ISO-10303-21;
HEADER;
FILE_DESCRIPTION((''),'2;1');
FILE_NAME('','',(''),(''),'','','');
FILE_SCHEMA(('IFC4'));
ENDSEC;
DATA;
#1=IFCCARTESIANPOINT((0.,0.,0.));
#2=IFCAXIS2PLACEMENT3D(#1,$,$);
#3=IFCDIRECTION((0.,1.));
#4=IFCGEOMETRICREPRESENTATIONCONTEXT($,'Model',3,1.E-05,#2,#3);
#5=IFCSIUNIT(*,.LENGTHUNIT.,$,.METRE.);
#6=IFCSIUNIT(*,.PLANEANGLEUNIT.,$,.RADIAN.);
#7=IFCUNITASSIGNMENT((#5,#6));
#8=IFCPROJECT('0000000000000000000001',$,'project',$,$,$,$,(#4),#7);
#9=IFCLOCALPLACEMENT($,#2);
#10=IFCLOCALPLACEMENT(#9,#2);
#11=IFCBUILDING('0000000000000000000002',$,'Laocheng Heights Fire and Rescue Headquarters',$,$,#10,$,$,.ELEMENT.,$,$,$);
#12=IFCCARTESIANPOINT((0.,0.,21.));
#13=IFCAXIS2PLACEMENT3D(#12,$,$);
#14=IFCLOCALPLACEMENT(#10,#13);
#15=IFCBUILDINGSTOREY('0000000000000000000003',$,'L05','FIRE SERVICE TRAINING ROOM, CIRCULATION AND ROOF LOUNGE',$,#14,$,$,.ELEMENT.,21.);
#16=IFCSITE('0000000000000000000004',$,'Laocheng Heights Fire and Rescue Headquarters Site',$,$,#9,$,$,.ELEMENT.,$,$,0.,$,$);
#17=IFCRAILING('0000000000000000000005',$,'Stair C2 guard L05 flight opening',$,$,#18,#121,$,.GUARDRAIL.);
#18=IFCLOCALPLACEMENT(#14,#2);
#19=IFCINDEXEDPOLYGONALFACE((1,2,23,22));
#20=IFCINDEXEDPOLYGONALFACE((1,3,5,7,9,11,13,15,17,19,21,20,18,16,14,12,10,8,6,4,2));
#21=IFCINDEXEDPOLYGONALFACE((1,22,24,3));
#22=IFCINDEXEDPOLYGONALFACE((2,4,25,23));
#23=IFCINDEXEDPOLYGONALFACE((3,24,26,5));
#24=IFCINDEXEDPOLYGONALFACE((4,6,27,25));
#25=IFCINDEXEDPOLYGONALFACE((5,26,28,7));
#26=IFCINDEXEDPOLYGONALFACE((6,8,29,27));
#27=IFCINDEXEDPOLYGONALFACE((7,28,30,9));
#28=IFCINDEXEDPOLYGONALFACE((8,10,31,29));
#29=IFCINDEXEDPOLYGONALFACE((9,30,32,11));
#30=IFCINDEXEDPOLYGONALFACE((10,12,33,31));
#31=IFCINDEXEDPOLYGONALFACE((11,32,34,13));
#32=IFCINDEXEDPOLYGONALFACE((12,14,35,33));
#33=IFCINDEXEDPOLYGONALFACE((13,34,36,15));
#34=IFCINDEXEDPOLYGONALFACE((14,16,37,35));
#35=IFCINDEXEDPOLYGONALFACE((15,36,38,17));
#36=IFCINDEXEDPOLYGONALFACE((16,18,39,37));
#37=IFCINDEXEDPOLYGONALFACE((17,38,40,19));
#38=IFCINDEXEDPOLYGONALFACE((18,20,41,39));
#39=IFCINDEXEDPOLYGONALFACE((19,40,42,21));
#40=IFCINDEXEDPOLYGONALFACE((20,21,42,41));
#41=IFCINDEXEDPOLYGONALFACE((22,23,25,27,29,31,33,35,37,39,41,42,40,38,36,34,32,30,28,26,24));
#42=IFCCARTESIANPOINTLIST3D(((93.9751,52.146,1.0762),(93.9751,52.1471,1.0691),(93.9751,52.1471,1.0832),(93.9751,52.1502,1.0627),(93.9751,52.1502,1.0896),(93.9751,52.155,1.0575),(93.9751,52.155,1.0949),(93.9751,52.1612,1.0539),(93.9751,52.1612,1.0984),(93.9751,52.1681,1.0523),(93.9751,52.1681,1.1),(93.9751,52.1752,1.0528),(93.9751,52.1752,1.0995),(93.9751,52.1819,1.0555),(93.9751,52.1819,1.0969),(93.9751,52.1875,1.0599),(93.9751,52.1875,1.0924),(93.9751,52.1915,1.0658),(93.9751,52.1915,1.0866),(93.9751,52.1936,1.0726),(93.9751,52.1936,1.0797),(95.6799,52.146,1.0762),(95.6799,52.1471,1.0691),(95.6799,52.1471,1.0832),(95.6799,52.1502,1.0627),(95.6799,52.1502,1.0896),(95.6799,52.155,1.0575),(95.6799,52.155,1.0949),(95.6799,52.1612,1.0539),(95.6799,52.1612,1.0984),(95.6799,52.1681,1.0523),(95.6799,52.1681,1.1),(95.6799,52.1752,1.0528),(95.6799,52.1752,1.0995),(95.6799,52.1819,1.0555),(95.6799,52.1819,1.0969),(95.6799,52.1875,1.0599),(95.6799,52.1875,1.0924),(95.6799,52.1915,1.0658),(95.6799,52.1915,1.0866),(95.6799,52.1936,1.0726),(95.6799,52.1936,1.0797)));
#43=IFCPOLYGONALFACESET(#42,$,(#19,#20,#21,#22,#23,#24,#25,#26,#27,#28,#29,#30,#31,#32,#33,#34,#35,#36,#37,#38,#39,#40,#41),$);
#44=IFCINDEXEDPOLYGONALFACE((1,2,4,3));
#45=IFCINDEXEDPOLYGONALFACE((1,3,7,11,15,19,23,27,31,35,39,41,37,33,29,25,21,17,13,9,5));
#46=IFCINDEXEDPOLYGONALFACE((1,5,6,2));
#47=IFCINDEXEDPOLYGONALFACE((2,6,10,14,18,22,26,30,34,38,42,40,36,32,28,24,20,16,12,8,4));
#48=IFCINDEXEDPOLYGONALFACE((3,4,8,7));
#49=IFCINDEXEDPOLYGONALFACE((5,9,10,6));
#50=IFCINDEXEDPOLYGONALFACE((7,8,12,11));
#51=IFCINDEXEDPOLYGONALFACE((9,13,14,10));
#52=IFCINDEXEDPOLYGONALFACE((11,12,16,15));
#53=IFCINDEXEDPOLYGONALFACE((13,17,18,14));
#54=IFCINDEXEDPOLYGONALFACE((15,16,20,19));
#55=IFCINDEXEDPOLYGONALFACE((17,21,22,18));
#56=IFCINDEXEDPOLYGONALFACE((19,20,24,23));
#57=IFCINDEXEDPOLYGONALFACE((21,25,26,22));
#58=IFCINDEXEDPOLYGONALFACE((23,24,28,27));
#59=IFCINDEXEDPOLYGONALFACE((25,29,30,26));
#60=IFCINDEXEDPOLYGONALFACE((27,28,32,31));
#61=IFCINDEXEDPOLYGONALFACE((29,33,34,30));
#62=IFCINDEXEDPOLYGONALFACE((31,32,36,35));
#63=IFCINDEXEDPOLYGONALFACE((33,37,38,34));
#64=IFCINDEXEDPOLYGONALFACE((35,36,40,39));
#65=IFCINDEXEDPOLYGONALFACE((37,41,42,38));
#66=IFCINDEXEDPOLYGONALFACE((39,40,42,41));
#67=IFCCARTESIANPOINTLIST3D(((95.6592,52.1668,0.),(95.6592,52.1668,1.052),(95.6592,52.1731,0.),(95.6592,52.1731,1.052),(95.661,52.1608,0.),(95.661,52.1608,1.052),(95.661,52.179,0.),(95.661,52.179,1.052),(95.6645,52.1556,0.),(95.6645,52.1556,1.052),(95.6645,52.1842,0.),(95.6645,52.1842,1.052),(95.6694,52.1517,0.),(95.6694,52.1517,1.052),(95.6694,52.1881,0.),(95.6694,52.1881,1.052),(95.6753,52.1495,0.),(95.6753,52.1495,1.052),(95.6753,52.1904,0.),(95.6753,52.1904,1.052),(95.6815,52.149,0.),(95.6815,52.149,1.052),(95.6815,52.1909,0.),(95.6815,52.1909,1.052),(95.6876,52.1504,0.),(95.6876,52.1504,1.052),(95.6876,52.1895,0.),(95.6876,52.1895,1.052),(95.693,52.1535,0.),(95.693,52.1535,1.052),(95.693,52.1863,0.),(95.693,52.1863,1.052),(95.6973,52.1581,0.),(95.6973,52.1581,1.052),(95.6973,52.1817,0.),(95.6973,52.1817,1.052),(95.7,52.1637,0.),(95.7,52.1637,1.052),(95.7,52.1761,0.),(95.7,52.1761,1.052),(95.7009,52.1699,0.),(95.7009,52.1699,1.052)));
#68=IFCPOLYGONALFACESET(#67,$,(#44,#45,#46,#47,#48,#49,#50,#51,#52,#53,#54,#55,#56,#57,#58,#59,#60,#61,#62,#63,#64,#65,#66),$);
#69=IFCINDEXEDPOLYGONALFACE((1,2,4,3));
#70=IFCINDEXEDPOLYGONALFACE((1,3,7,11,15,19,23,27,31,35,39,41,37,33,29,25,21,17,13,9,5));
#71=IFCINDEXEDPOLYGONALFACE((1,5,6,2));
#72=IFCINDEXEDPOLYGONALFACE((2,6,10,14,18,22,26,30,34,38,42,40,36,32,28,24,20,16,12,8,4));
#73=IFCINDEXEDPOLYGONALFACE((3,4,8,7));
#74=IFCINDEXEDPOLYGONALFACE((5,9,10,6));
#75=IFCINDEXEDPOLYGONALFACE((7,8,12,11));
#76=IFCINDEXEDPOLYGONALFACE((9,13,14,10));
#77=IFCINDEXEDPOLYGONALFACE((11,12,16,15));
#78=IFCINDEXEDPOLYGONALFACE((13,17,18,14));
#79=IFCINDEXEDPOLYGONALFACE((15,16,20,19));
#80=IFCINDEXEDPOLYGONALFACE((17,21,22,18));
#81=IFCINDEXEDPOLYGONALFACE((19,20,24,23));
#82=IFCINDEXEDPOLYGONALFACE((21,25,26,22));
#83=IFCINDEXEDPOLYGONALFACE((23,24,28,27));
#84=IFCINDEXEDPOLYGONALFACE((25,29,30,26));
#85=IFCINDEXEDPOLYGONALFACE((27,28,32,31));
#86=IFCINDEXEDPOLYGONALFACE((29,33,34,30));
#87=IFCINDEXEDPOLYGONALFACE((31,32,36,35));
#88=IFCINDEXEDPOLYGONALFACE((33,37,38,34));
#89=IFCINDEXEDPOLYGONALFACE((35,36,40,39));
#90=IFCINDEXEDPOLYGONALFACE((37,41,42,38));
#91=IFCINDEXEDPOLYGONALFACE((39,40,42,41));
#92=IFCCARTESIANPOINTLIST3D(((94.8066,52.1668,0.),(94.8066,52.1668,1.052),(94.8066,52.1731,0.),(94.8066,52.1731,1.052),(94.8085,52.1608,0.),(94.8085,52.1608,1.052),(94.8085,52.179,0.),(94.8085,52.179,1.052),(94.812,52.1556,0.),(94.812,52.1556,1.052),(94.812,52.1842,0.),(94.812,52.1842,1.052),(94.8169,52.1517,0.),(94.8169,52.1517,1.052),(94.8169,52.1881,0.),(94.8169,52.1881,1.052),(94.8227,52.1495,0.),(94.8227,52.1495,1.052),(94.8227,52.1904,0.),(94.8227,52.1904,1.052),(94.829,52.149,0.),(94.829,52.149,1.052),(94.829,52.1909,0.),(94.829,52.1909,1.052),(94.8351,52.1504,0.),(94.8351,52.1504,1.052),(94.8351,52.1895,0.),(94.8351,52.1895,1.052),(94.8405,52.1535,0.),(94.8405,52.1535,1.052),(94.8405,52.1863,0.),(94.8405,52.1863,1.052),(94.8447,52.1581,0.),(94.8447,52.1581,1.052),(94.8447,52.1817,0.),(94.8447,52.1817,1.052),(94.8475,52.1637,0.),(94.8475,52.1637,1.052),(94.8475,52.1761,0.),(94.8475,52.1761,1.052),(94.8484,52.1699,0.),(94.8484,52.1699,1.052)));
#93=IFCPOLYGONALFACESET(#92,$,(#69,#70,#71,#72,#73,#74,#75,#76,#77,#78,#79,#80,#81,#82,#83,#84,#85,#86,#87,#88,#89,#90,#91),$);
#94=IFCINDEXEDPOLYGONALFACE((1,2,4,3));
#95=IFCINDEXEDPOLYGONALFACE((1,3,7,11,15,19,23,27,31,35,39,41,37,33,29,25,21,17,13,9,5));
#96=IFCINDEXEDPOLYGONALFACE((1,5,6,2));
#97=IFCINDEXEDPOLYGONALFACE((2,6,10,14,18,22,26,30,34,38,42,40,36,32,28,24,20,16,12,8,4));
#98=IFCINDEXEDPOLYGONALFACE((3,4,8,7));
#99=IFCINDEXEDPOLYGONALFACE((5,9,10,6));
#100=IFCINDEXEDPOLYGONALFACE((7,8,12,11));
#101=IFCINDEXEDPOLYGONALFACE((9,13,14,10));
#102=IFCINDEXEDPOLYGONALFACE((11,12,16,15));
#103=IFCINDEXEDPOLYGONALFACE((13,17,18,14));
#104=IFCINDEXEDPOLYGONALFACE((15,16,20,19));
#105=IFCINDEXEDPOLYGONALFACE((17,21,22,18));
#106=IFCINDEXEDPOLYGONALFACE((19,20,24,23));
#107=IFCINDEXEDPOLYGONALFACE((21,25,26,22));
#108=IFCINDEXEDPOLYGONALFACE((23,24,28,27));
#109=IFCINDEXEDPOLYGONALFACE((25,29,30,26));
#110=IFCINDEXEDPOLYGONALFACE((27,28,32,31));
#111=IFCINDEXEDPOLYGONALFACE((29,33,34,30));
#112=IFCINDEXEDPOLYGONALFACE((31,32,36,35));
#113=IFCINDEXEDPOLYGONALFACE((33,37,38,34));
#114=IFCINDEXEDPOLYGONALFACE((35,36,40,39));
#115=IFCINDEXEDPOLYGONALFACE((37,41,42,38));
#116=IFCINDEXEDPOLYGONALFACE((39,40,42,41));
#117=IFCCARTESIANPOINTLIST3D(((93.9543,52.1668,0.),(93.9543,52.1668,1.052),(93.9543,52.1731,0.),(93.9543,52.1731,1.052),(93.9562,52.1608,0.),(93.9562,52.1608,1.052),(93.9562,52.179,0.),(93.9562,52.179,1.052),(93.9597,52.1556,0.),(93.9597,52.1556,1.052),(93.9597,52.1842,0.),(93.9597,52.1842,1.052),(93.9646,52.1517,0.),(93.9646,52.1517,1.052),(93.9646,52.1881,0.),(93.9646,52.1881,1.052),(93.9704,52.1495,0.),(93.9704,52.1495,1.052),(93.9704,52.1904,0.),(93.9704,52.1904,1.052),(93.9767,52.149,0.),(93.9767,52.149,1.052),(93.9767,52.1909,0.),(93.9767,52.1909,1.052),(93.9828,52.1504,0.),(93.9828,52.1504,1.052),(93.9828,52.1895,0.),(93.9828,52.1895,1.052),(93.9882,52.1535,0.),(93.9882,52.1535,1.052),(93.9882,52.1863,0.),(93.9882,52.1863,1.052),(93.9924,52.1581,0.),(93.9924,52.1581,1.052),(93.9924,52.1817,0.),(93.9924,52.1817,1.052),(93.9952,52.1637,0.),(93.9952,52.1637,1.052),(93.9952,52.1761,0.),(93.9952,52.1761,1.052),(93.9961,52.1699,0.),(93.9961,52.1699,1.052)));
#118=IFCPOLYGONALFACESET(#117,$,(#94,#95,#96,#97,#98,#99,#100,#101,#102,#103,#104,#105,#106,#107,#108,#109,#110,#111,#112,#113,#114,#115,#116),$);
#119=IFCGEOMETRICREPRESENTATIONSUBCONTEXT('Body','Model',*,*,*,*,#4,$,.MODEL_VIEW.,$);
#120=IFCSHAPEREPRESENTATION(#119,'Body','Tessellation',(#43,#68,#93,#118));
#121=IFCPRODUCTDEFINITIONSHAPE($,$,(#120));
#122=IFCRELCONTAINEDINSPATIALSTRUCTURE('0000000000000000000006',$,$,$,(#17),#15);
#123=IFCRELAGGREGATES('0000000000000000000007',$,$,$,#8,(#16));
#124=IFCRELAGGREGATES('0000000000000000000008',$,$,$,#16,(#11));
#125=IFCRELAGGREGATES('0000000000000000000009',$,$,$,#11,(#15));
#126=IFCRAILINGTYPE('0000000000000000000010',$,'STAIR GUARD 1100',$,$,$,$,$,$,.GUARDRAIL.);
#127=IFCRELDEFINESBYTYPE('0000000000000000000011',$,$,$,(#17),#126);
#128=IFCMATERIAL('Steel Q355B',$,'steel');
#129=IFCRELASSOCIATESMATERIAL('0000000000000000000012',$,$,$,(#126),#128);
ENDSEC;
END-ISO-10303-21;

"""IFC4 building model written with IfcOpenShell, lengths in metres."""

from ifc_helpers import new_model, si_unit, direction, frame, origin, origin_2d, place, context, subcontext, project, spatial, circle, extrude, material, type_object, element, save


model = new_model("IFC4")

# Units and contexts
model_context = context("Model", 3, precision=1e-05, world=origin(), true_north=direction((0.0, 1.0)))
body_context = subcontext(model_context, "Body", "Model", "MODEL_VIEW")
ifc_project = project(units=[si_unit("LENGTHUNIT", "METRE"), si_unit("PLANEANGLEUNIT", "RADIAN")], contexts=[model_context])

# Site, building, storey
site_placement = place(None, origin())
site = spatial("IfcSite", under=ifc_project, at=site_placement, Name="Laocheng Heights Fire and Rescue Headquarters Site", CompositionType="ELEMENT", RefElevation=0.0)
building_placement = place(site_placement, origin())
building = spatial("IfcBuilding", under=site, at=building_placement, Name="Laocheng Heights Fire and Rescue Headquarters", CompositionType="ELEMENT")
storey_placement = place(building_placement, frame((0.0, 0.0, 21.0)))
storey = spatial("IfcBuildingStorey", under=building, at=storey_placement, Name="L05", Description="FIRE SERVICE TRAINING ROOM, CIRCULATION AND ROOF LOUNGE", CompositionType="ELEMENT", Elevation=21.0)

# Railing
ifc_material_1 = material(Name="Steel Q355B", Category="steel")
railing_type = type_object("IfcRailingType", Name="STAIR GUARD 1100", PredefinedType="GUARDRAIL", material=ifc_material_1)
railing_1_placement = place(storey_placement, frame((95.6799, 52.1699, 0.0)))
element("IfcRailing", 1, at=railing_1_placement, inside=storey, type_object=railing_type, Name="Stair C2 guard L05 flight opening", PredefinedType="GUARDRAIL", context=body_context, shape_type="SweptSolid", body=[
    extrude(circle(Radius=0.0239, at=origin_2d()), frame((0.0, 0.0, 1.0762), z_axis=(-1.0, 0.0, 0.0), x_axis=(0.0, -1.0, 0.0)), (0.0, 0.0, 1.0), 1.7048),
    extrude(circle(Radius=0.021, at=origin_2d()), origin(), (0.0, 0.0, 1.0), 1.052),
    extrude(circle(Radius=0.021, at=origin_2d()), frame((-0.8525, 0.0, 0.0)), (0.0, 0.0, 1.0), 1.052),
    extrude(circle(Radius=0.021, at=origin_2d()), frame((-1.7048, 0.0, 0.0)), (0.0, 0.0, 1.0), 1.052),
])

save(model, "model.ifc")
